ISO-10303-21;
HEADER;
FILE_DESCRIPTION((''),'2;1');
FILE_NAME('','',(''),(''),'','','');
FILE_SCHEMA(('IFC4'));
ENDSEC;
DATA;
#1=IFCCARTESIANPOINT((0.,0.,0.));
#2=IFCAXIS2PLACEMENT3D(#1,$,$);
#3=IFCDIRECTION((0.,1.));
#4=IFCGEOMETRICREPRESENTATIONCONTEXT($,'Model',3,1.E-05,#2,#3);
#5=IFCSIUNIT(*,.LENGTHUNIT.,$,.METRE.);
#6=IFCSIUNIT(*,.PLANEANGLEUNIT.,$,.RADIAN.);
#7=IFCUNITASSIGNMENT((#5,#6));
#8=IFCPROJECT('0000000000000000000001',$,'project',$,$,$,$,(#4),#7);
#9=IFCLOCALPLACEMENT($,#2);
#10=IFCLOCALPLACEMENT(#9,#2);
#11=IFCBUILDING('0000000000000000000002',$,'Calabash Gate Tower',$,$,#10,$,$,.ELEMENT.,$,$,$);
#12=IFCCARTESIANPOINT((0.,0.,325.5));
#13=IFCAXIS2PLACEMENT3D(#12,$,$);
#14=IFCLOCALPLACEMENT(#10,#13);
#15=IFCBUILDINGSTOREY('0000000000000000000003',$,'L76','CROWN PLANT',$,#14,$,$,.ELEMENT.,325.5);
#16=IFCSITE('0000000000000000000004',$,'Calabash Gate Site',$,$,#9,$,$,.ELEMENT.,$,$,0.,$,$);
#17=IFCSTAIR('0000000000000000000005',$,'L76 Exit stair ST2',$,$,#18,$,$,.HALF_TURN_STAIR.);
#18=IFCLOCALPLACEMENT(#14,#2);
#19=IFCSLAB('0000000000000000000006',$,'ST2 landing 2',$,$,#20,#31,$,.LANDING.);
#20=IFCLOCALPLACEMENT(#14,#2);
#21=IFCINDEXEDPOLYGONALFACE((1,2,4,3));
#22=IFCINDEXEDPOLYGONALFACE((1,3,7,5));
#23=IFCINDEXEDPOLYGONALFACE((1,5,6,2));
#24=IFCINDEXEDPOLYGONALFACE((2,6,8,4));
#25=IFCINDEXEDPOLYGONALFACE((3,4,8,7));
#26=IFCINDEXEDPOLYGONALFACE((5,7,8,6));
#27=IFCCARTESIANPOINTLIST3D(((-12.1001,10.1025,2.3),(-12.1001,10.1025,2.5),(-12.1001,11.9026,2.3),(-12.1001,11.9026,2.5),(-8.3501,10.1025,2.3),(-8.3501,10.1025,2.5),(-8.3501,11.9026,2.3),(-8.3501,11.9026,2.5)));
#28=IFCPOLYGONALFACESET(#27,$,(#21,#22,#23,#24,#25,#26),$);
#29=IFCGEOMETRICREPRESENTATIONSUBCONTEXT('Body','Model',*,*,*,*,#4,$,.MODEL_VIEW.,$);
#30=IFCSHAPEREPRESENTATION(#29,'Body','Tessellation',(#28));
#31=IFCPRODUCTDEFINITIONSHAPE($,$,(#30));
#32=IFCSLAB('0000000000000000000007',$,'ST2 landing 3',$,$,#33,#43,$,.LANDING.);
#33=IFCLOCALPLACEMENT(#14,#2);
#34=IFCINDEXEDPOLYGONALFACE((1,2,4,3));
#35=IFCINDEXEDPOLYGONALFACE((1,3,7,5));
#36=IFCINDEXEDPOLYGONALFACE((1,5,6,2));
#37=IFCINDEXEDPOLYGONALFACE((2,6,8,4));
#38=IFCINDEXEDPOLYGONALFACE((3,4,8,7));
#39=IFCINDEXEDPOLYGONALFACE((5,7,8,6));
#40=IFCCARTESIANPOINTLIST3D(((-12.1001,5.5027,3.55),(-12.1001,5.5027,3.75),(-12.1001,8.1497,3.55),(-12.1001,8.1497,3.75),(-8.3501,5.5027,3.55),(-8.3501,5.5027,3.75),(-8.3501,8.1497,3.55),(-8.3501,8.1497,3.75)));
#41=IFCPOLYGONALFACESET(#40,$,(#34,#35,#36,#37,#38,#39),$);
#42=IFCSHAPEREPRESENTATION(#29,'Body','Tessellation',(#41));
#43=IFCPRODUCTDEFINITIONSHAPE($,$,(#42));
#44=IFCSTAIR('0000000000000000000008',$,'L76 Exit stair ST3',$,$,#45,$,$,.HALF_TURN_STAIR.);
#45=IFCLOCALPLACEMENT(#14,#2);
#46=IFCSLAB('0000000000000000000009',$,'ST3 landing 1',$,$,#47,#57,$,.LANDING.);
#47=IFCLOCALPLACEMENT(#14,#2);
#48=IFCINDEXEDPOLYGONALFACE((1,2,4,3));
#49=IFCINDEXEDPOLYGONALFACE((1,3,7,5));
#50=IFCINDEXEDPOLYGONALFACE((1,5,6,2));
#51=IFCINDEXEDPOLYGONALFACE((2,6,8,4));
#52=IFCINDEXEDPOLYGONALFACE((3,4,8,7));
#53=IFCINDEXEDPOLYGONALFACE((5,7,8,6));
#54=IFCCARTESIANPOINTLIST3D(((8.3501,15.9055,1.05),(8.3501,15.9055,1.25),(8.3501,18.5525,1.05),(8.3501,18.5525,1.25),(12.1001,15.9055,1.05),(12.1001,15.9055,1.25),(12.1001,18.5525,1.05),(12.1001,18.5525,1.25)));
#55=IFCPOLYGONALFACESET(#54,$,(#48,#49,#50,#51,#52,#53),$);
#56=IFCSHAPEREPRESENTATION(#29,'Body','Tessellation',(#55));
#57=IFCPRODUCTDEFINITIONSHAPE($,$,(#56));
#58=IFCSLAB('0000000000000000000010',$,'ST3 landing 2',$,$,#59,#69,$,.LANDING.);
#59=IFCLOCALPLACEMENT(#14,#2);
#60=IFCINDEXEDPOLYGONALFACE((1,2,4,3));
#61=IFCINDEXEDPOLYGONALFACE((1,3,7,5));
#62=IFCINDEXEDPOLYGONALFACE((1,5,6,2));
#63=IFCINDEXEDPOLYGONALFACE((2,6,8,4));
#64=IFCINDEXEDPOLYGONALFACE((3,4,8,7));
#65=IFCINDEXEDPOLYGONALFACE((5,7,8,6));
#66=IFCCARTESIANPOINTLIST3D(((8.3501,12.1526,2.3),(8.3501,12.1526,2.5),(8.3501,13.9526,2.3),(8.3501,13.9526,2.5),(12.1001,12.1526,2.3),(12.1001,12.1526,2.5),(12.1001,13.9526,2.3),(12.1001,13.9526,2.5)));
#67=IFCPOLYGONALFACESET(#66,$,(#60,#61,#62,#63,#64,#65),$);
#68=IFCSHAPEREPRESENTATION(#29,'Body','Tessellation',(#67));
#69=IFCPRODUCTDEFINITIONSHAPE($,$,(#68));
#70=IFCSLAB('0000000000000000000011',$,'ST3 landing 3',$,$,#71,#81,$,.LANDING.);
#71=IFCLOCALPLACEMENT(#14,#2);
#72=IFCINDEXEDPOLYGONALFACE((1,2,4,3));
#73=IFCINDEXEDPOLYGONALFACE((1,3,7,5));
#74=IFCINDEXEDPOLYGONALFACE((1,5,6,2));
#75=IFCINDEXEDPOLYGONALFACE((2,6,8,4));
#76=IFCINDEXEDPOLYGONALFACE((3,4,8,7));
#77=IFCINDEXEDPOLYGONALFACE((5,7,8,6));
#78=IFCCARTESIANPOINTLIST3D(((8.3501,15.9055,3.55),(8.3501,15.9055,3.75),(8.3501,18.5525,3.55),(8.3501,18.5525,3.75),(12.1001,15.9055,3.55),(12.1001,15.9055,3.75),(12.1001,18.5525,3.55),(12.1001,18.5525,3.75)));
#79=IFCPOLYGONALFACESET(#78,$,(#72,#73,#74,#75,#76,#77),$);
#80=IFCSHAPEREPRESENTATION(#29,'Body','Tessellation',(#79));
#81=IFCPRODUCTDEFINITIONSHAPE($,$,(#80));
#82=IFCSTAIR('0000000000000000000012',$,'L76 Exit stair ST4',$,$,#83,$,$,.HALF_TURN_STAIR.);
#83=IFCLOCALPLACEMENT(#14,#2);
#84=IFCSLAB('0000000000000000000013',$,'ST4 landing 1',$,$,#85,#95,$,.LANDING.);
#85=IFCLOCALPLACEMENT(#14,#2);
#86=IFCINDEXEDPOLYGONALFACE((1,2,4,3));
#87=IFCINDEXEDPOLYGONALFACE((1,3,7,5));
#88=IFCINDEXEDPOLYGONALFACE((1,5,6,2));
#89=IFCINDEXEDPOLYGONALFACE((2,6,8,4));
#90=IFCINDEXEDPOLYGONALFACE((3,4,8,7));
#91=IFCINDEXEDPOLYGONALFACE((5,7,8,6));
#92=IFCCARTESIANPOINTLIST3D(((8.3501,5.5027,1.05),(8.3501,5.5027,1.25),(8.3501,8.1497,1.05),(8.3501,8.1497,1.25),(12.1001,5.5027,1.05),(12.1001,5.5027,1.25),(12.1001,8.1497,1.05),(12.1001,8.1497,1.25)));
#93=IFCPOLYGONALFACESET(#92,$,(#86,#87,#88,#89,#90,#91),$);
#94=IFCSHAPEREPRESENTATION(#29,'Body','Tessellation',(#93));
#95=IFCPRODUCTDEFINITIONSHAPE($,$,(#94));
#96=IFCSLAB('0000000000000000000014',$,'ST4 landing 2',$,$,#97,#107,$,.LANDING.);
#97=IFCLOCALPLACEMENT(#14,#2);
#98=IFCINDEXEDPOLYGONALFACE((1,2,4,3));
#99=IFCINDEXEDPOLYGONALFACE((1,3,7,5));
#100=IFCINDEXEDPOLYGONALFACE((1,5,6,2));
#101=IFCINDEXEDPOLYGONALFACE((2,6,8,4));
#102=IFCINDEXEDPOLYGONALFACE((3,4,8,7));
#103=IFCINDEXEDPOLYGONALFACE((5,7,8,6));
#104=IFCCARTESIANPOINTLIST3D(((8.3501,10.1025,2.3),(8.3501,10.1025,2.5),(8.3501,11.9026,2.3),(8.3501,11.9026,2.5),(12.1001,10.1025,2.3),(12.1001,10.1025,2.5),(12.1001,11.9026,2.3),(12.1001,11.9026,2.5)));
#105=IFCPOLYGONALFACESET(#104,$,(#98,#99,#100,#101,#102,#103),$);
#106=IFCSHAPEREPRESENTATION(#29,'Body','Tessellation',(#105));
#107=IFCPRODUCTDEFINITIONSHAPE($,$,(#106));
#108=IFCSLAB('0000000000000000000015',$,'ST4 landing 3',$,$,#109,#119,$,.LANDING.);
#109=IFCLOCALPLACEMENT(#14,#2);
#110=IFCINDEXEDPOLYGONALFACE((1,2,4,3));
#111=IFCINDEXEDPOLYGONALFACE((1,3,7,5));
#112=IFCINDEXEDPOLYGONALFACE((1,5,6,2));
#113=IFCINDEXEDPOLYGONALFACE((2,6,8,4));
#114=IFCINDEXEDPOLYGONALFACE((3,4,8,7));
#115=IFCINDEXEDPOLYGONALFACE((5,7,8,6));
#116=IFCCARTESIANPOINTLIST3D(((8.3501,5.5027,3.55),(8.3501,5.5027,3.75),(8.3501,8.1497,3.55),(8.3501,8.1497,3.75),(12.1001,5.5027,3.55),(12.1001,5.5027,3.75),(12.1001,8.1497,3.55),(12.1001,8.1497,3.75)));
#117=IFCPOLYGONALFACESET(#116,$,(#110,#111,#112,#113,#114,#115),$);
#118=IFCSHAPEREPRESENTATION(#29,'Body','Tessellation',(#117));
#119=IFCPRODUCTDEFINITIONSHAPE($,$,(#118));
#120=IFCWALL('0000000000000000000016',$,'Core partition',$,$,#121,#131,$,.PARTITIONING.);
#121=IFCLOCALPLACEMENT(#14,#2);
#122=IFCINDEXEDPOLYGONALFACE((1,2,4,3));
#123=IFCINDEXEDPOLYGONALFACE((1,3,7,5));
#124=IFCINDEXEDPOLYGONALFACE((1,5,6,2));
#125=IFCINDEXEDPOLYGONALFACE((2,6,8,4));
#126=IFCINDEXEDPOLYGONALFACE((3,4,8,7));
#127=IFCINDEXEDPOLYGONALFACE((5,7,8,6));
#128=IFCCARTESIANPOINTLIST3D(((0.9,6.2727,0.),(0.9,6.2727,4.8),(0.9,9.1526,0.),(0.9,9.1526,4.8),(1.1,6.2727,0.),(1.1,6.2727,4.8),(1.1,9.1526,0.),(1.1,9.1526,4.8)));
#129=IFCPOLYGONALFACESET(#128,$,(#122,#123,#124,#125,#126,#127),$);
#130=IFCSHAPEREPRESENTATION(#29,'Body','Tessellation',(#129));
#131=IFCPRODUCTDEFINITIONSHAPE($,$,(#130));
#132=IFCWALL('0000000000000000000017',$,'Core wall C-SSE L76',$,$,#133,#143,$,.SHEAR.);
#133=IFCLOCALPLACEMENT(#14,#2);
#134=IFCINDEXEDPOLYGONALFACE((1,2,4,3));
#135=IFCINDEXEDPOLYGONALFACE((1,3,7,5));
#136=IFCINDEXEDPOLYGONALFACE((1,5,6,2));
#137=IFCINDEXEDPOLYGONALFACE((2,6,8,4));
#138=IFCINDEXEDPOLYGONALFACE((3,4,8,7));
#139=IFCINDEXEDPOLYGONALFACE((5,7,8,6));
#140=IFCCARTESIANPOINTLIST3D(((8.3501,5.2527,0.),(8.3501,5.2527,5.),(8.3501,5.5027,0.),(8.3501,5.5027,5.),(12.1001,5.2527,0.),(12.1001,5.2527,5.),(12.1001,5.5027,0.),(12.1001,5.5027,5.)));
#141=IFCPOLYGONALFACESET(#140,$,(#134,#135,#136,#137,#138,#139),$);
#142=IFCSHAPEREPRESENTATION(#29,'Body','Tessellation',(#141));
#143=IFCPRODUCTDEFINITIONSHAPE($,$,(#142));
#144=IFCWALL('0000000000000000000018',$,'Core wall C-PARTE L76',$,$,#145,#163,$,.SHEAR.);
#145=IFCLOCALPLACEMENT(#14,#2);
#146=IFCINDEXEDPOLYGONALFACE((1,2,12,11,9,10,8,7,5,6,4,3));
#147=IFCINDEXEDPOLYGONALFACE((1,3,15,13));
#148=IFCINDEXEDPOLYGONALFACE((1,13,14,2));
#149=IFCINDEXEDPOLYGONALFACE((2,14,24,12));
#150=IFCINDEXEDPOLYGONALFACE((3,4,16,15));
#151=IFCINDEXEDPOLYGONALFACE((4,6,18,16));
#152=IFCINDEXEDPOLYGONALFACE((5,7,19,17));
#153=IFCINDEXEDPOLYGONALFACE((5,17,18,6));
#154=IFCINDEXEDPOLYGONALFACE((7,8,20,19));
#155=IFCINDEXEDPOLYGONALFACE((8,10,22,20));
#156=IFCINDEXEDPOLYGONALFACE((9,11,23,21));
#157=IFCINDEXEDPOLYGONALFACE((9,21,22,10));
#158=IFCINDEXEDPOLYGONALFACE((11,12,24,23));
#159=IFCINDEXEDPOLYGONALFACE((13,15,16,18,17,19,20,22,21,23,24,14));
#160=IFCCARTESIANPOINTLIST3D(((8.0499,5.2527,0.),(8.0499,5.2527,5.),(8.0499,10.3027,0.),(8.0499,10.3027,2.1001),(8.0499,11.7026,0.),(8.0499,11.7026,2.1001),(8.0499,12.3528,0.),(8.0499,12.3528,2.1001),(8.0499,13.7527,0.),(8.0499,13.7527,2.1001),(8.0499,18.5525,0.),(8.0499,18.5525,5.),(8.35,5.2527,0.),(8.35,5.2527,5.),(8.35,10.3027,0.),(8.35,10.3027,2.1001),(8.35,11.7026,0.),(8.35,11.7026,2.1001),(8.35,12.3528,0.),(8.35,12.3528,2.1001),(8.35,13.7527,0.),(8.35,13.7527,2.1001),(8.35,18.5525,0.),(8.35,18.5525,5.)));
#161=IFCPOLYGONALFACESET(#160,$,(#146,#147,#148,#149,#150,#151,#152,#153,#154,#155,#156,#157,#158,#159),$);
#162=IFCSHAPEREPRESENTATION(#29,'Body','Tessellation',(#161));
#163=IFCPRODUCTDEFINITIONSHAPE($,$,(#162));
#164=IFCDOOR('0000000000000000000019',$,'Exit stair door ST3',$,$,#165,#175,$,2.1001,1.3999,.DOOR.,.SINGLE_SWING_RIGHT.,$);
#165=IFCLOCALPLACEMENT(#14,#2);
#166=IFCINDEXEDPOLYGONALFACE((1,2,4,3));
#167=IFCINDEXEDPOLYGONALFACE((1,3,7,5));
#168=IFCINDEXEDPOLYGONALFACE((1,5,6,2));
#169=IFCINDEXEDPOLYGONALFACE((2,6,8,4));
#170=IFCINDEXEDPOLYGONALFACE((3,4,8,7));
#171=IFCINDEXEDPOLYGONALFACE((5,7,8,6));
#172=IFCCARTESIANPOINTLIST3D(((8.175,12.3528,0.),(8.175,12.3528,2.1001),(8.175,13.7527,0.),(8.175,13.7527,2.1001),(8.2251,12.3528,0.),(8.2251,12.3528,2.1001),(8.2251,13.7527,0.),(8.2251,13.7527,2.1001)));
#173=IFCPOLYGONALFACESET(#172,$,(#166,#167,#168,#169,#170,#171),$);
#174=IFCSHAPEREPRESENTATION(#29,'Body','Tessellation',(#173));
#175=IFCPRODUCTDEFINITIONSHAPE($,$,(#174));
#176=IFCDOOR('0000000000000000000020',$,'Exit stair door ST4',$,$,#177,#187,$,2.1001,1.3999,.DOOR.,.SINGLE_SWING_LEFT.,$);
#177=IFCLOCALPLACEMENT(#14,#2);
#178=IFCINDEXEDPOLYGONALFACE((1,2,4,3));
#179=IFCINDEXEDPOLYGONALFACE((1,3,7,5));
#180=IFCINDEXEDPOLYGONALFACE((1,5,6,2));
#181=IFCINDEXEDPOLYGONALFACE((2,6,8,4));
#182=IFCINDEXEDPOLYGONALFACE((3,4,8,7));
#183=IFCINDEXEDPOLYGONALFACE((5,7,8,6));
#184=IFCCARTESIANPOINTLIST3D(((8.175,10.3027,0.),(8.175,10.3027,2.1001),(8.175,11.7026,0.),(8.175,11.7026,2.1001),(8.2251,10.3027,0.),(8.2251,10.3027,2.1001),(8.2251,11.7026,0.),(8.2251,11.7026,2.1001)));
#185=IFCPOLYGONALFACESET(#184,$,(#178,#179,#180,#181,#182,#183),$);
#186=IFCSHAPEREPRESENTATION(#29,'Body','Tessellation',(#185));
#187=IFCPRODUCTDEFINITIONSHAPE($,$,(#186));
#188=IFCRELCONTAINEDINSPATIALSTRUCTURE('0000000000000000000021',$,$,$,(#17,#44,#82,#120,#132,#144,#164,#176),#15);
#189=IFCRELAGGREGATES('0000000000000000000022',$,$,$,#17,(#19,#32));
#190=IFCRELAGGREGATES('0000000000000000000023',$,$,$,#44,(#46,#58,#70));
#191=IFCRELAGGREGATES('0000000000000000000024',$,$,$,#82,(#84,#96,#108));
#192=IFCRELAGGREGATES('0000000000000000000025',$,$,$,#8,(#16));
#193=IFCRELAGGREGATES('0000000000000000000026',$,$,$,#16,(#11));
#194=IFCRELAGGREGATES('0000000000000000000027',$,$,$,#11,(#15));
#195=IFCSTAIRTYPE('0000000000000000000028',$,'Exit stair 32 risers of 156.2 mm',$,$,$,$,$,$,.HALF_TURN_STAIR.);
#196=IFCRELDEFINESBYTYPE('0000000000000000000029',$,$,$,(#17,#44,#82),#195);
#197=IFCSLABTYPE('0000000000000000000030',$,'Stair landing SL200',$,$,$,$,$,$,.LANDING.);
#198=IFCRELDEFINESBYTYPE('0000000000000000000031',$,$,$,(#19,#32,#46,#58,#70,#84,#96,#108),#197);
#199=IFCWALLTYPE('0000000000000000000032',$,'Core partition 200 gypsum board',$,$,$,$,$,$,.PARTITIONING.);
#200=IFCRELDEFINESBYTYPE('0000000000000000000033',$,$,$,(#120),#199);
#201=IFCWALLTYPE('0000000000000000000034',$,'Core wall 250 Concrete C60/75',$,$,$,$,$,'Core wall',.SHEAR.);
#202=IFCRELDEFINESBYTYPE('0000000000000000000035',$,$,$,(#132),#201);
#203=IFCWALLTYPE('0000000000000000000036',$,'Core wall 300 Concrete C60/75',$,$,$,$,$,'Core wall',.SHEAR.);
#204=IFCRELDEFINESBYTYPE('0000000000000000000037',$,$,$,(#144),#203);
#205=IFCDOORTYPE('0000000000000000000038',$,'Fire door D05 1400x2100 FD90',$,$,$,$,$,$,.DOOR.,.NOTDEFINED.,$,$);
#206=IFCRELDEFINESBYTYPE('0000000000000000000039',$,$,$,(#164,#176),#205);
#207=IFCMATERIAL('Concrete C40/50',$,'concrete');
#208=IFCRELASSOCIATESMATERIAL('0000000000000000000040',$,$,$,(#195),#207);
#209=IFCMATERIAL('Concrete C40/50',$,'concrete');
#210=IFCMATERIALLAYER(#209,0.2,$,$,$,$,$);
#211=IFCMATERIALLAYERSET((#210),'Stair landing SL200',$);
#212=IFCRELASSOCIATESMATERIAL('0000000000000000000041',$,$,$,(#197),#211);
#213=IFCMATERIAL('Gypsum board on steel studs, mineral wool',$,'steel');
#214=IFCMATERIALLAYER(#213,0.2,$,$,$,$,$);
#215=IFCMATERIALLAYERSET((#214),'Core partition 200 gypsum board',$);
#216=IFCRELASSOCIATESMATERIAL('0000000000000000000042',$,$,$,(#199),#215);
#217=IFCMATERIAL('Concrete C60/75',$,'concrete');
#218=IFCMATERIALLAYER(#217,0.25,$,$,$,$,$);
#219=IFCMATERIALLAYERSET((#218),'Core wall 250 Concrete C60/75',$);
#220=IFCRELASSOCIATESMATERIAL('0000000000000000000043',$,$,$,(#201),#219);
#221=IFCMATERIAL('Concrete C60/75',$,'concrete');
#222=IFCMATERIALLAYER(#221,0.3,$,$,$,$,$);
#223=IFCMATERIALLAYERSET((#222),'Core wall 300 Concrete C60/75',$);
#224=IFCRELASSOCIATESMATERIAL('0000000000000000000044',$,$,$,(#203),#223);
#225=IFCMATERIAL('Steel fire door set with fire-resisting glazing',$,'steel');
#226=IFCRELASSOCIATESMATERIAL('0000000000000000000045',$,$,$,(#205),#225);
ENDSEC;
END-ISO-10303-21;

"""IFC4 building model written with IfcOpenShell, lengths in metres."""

from ifc_helpers import new_model, si_unit, direction, frame, frame_2d, origin, place, context, subcontext, project, spatial, polyline, rectangle, outline, extrude, material, layer, layer_set, type_object, element, fill, aggregate, save


model = new_model("IFC4")

# Units and contexts
model_context = context("Model", 3, precision=1e-05, world=origin(), true_north=direction((0.0, 1.0)))
body_context = subcontext(model_context, "Body", "Model", "MODEL_VIEW")
ifc_project = project(units=[si_unit("LENGTHUNIT", "METRE"), si_unit("PLANEANGLEUNIT", "RADIAN")], contexts=[model_context])

# Site, building, storey
site_placement = place(None, origin())
site = spatial("IfcSite", under=ifc_project, at=site_placement, Name="Calabash Gate Site", CompositionType="ELEMENT", RefElevation=0.0)
building_placement = place(site_placement, origin())
building = spatial("IfcBuilding", under=site, at=building_placement, Name="Calabash Gate Tower", CompositionType="ELEMENT")
storey_placement = place(building_placement, frame((0.0, 0.0, 325.5)))
storey = spatial("IfcBuildingStorey", under=building, at=storey_placement, Name="L76", Description="CROWN PLANT", CompositionType="ELEMENT", Elevation=325.5)

# Stairs, slabs
ifc_material_1 = material(Name="Concrete C40/50", Category="concrete")
stair_type = type_object("IfcStairType", Name="Exit stair 32 risers of 156.2 mm", PredefinedType="HALF_TURN_STAIR", material=ifc_material_1)
stair_1_placement = place(storey_placement, origin())
stair_1 = element("IfcStair", 1, at=stair_1_placement, inside=storey, type_object=stair_type, Name="L76 Exit stair ST2", PredefinedType="HALF_TURN_STAIR")
ifc_material_2 = material(Name="Concrete C40/50", Category="concrete")
ifc_layer_1 = layer(ifc_material_2, 0.2)
ifc_layer_set_1 = layer_set([ifc_layer_1], Name="Stair landing SL200")
slab_type = type_object("IfcSlabType", Name="Stair landing SL200", PredefinedType="LANDING", material=ifc_layer_set_1)
slab_1_placement = place(storey_placement, frame((0.0, 0.0, 2.3)))
slab_1 = element("IfcSlab", 2, at=slab_1_placement, type_object=slab_type, Name="ST2 landing 2", PredefinedType="LANDING", context=body_context, shape_type="SweptSolid", body=[
    extrude(outline(polyline([(-12.1001, 11.9026), (-12.1001, 10.1025), (-8.3501, 10.1025), (-8.3501, 11.9026), (-12.1001, 11.9026)])), origin(), (0.0, 0.0, 1.0), 0.2),
])
slab_2_placement = place(storey_placement, frame((0.0, 0.0, 3.55)))
slab_2 = element("IfcSlab", 3, at=slab_2_placement, type_object=slab_type, Name="ST2 landing 3", PredefinedType="LANDING", context=body_context, shape_type="SweptSolid", body=[
    extrude(outline(polyline([(-12.1001, 8.1497), (-12.1001, 5.5027), (-8.3501, 5.5027), (-8.3501, 8.1497), (-12.1001, 8.1497)])), origin(), (0.0, 0.0, 1.0), 0.2),
])
aggregate(stair_1, [slab_1, slab_2])
stair_2_placement = place(storey_placement, origin())
stair_2 = element("IfcStair", 4, at=stair_2_placement, inside=storey, type_object=stair_type, Name="L76 Exit stair ST3", PredefinedType="HALF_TURN_STAIR")
slab_3_placement = place(storey_placement, frame((0.0, 0.0, 1.05)))
slab_3 = element("IfcSlab", 5, at=slab_3_placement, type_object=slab_type, Name="ST3 landing 1", PredefinedType="LANDING", context=body_context, shape_type="SweptSolid", body=[
    extrude(outline(polyline([(12.1001, 15.9055), (12.1001, 18.5525), (8.3501, 18.5525), (8.3501, 15.9055), (12.1001, 15.9055)])), origin(), (0.0, 0.0, 1.0), 0.2),
])
slab_4_placement = place(storey_placement, frame((0.0, 0.0, 2.3)))
slab_4 = element("IfcSlab", 6, at=slab_4_placement, type_object=slab_type, Name="ST3 landing 2", PredefinedType="LANDING", context=body_context, shape_type="SweptSolid", body=[
    extrude(outline(polyline([(12.1001, 12.1526), (12.1001, 13.9526), (8.3501, 13.9526), (8.3501, 12.1526), (12.1001, 12.1526)])), origin(), (0.0, 0.0, 1.0), 0.2),
])
slab_5_placement = place(storey_placement, frame((0.0, 0.0, 3.55)))
slab_5 = element("IfcSlab", 7, at=slab_5_placement, type_object=slab_type, Name="ST3 landing 3", PredefinedType="LANDING", context=body_context, shape_type="SweptSolid", body=[
    extrude(outline(polyline([(12.1001, 15.9055), (12.1001, 18.5525), (8.3501, 18.5525), (8.3501, 15.9055), (12.1001, 15.9055)])), origin(), (0.0, 0.0, 1.0), 0.2),
])
aggregate(stair_2, [slab_3, slab_4, slab_5])
stair_3_placement = place(storey_placement, origin())
stair_3 = element("IfcStair", 8, at=stair_3_placement, inside=storey, type_object=stair_type, Name="L76 Exit stair ST4", PredefinedType="HALF_TURN_STAIR")
slab_6_placement = place(storey_placement, frame((0.0, 0.0, 1.05)))
slab_6 = element("IfcSlab", 9, at=slab_6_placement, type_object=slab_type, Name="ST4 landing 1", PredefinedType="LANDING", context=body_context, shape_type="SweptSolid", body=[
    extrude(outline(polyline([(8.3501, 8.1497), (8.3501, 5.5027), (12.1001, 5.5027), (12.1001, 8.1497), (8.3501, 8.1497)])), origin(), (0.0, 0.0, 1.0), 0.2),
])
slab_7_placement = place(storey_placement, frame((0.0, 0.0, 2.3)))
slab_7 = element("IfcSlab", 10, at=slab_7_placement, type_object=slab_type, Name="ST4 landing 2", PredefinedType="LANDING", context=body_context, shape_type="SweptSolid", body=[
    extrude(outline(polyline([(8.3501, 11.9026), (8.3501, 10.1025), (12.1001, 10.1025), (12.1001, 11.9026), (8.3501, 11.9026)])), origin(), (0.0, 0.0, 1.0), 0.2),
])
slab_8_placement = place(storey_placement, frame((0.0, 0.0, 3.55)))
slab_8 = element("IfcSlab", 11, at=slab_8_placement, type_object=slab_type, Name="ST4 landing 3", PredefinedType="LANDING", context=body_context, shape_type="SweptSolid", body=[
    extrude(outline(polyline([(8.3501, 8.1497), (8.3501, 5.5027), (12.1001, 5.5027), (12.1001, 8.1497), (8.3501, 8.1497)])), origin(), (0.0, 0.0, 1.0), 0.2),
])
aggregate(stair_3, [slab_6, slab_7, slab_8])

# Walls
ifc_material_3 = material(Name="Gypsum board on steel studs, mineral wool", Category="steel")
ifc_layer_2 = layer(ifc_material_3, 0.2)
ifc_layer_set_2 = layer_set([ifc_layer_2], Name="Core partition 200 gypsum board")
wall_type_1 = type_object("IfcWallType", Name="Core partition 200 gypsum board", PredefinedType="PARTITIONING", material=ifc_layer_set_2)
wall_1_placement = place(storey_placement, frame((1.0, 6.2727, 0.0), z_axis=(0.0, 0.0, 1.0), x_axis=(0.0, 1.0, 0.0)))
element("IfcWall", 12, at=wall_1_placement, inside=storey, type_object=wall_type_1, Name="Core partition", PredefinedType="PARTITIONING", context=body_context, shape_type="SweptSolid", body=[
    extrude(rectangle(XDim=2.8799, YDim=0.2, at=frame_2d((1.4399, 0.0))), origin(), (0.0, 0.0, 1.0), 4.8),
])
ifc_material_4 = material(Name="Concrete C60/75", Category="concrete")
ifc_layer_3 = layer(ifc_material_4, 0.25)
ifc_layer_set_3 = layer_set([ifc_layer_3], Name="Core wall 250 Concrete C60/75")
wall_type_2 = type_object("IfcWallType", Name="Core wall 250 Concrete C60/75", ElementType="Core wall", PredefinedType="SHEAR", material=ifc_layer_set_3)
wall_2_placement = place(storey_placement, frame((8.3501, 5.3777, 0.0), z_axis=(0.0, 0.0, 1.0), x_axis=(1.0, 0.0, 0.0)))
element("IfcWall", 13, at=wall_2_placement, inside=storey, type_object=wall_type_2, Name="Core wall C-SSE L76", PredefinedType="SHEAR", context=body_context, shape_type="SweptSolid", body=[
    extrude(rectangle(XDim=3.75, YDim=0.25, at=frame_2d((1.875, 0.0))), origin(), (0.0, 0.0, 1.0), 5.0),
])

# Wall, openings, doors
ifc_material_5 = material(Name="Concrete C60/75", Category="concrete")
ifc_layer_4 = layer(ifc_material_5, 0.3)
ifc_layer_set_4 = layer_set([ifc_layer_4], Name="Core wall 300 Concrete C60/75")
wall_type_3 = type_object("IfcWallType", Name="Core wall 300 Concrete C60/75", ElementType="Core wall", PredefinedType="SHEAR", material=ifc_layer_set_4)
wall_3_placement = place(storey_placement, frame((8.2, 5.2527, 0.0), z_axis=(0.0, 0.0, 1.0), x_axis=(0.0, 1.0, 0.0)))
wall_3 = element("IfcWall", 14, at=wall_3_placement, inside=storey, type_object=wall_type_3, Name="Core wall C-PARTE L76", PredefinedType="SHEAR", context=body_context, shape_type="SweptSolid", body=[
    extrude(rectangle(XDim=13.2998, YDim=0.3, at=frame_2d((6.6499, 0.0))), origin(), (0.0, 0.0, 1.0), 5.0),
])
opening_1_placement = place(wall_3_placement, frame((7.1001, 0.0, 0.0)))
opening_1 = element("IfcOpeningElement", 15, at=opening_1_placement, cuts=wall_3, PredefinedType="OPENING", context=body_context, shape_type="SweptSolid", body=[
    extrude(rectangle(XDim=1.3999, YDim=2.1001, at=frame_2d((0.7, 1.05))), frame((0.0, 0.1599, 0.0), z_axis=(0.0, -1.0, 0.0), x_axis=(1.0, 0.0, 0.0)), (0.0, 0.0, 1.0), 0.3201),
])
opening_2_placement = place(wall_3_placement, frame((5.05, 0.0, 0.0)))
opening_2 = element("IfcOpeningElement", 16, at=opening_2_placement, cuts=wall_3, PredefinedType="OPENING", context=body_context, shape_type="SweptSolid", body=[
    extrude(rectangle(XDim=1.3999, YDim=2.1001, at=frame_2d((0.7, 1.05))), frame((0.0, 0.1599, 0.0), z_axis=(0.0, -1.0, 0.0), x_axis=(1.0, 0.0, 0.0)), (0.0, 0.0, 1.0), 0.3201),
])
ifc_material_6 = material(Name="Steel fire door set with fire-resisting glazing", Category="steel")
door_type_1 = type_object("IfcDoorType", Name="Fire door D05 1400x2100 FD90", OperationType="NOTDEFINED", PredefinedType="DOOR", material=ifc_material_6)
door_1_placement = place(opening_1_placement, origin())
door_1 = element("IfcDoor", 17, at=door_1_placement, inside=storey, type_object=door_type_1, Name="Exit stair door ST3", OperationType="SINGLE_SWING_RIGHT", OverallHeight=2.1001, OverallWidth=1.3999, PredefinedType="DOOR", context=body_context, shape_type="SweptSolid", body=[
    extrude(rectangle(XDim=1.3999, YDim=2.1001, at=frame_2d((0.7, 1.05))), frame((0.0, 0.0249, 0.0), z_axis=(0.0, -1.0, 0.0), x_axis=(1.0, 0.0, 0.0)), (0.0, 0.0, 1.0), 0.05),
])
fill(opening_1, door_1)
door_2_placement = place(opening_2_placement, origin())
door_2 = element("IfcDoor", 18, at=door_2_placement, inside=storey, type_object=door_type_1, Name="Exit stair door ST4", OperationType="SINGLE_SWING_LEFT", OverallHeight=2.1001, OverallWidth=1.3999, PredefinedType="DOOR", context=body_context, shape_type="SweptSolid", body=[
    extrude(rectangle(XDim=1.3999, YDim=2.1001, at=frame_2d((0.7, 1.05))), frame((0.0, 0.0249, 0.0), z_axis=(0.0, -1.0, 0.0), x_axis=(1.0, 0.0, 0.0)), (0.0, 0.0, 1.0), 0.05),
])
fill(opening_2, door_2)

save(model, "model.ifc")
